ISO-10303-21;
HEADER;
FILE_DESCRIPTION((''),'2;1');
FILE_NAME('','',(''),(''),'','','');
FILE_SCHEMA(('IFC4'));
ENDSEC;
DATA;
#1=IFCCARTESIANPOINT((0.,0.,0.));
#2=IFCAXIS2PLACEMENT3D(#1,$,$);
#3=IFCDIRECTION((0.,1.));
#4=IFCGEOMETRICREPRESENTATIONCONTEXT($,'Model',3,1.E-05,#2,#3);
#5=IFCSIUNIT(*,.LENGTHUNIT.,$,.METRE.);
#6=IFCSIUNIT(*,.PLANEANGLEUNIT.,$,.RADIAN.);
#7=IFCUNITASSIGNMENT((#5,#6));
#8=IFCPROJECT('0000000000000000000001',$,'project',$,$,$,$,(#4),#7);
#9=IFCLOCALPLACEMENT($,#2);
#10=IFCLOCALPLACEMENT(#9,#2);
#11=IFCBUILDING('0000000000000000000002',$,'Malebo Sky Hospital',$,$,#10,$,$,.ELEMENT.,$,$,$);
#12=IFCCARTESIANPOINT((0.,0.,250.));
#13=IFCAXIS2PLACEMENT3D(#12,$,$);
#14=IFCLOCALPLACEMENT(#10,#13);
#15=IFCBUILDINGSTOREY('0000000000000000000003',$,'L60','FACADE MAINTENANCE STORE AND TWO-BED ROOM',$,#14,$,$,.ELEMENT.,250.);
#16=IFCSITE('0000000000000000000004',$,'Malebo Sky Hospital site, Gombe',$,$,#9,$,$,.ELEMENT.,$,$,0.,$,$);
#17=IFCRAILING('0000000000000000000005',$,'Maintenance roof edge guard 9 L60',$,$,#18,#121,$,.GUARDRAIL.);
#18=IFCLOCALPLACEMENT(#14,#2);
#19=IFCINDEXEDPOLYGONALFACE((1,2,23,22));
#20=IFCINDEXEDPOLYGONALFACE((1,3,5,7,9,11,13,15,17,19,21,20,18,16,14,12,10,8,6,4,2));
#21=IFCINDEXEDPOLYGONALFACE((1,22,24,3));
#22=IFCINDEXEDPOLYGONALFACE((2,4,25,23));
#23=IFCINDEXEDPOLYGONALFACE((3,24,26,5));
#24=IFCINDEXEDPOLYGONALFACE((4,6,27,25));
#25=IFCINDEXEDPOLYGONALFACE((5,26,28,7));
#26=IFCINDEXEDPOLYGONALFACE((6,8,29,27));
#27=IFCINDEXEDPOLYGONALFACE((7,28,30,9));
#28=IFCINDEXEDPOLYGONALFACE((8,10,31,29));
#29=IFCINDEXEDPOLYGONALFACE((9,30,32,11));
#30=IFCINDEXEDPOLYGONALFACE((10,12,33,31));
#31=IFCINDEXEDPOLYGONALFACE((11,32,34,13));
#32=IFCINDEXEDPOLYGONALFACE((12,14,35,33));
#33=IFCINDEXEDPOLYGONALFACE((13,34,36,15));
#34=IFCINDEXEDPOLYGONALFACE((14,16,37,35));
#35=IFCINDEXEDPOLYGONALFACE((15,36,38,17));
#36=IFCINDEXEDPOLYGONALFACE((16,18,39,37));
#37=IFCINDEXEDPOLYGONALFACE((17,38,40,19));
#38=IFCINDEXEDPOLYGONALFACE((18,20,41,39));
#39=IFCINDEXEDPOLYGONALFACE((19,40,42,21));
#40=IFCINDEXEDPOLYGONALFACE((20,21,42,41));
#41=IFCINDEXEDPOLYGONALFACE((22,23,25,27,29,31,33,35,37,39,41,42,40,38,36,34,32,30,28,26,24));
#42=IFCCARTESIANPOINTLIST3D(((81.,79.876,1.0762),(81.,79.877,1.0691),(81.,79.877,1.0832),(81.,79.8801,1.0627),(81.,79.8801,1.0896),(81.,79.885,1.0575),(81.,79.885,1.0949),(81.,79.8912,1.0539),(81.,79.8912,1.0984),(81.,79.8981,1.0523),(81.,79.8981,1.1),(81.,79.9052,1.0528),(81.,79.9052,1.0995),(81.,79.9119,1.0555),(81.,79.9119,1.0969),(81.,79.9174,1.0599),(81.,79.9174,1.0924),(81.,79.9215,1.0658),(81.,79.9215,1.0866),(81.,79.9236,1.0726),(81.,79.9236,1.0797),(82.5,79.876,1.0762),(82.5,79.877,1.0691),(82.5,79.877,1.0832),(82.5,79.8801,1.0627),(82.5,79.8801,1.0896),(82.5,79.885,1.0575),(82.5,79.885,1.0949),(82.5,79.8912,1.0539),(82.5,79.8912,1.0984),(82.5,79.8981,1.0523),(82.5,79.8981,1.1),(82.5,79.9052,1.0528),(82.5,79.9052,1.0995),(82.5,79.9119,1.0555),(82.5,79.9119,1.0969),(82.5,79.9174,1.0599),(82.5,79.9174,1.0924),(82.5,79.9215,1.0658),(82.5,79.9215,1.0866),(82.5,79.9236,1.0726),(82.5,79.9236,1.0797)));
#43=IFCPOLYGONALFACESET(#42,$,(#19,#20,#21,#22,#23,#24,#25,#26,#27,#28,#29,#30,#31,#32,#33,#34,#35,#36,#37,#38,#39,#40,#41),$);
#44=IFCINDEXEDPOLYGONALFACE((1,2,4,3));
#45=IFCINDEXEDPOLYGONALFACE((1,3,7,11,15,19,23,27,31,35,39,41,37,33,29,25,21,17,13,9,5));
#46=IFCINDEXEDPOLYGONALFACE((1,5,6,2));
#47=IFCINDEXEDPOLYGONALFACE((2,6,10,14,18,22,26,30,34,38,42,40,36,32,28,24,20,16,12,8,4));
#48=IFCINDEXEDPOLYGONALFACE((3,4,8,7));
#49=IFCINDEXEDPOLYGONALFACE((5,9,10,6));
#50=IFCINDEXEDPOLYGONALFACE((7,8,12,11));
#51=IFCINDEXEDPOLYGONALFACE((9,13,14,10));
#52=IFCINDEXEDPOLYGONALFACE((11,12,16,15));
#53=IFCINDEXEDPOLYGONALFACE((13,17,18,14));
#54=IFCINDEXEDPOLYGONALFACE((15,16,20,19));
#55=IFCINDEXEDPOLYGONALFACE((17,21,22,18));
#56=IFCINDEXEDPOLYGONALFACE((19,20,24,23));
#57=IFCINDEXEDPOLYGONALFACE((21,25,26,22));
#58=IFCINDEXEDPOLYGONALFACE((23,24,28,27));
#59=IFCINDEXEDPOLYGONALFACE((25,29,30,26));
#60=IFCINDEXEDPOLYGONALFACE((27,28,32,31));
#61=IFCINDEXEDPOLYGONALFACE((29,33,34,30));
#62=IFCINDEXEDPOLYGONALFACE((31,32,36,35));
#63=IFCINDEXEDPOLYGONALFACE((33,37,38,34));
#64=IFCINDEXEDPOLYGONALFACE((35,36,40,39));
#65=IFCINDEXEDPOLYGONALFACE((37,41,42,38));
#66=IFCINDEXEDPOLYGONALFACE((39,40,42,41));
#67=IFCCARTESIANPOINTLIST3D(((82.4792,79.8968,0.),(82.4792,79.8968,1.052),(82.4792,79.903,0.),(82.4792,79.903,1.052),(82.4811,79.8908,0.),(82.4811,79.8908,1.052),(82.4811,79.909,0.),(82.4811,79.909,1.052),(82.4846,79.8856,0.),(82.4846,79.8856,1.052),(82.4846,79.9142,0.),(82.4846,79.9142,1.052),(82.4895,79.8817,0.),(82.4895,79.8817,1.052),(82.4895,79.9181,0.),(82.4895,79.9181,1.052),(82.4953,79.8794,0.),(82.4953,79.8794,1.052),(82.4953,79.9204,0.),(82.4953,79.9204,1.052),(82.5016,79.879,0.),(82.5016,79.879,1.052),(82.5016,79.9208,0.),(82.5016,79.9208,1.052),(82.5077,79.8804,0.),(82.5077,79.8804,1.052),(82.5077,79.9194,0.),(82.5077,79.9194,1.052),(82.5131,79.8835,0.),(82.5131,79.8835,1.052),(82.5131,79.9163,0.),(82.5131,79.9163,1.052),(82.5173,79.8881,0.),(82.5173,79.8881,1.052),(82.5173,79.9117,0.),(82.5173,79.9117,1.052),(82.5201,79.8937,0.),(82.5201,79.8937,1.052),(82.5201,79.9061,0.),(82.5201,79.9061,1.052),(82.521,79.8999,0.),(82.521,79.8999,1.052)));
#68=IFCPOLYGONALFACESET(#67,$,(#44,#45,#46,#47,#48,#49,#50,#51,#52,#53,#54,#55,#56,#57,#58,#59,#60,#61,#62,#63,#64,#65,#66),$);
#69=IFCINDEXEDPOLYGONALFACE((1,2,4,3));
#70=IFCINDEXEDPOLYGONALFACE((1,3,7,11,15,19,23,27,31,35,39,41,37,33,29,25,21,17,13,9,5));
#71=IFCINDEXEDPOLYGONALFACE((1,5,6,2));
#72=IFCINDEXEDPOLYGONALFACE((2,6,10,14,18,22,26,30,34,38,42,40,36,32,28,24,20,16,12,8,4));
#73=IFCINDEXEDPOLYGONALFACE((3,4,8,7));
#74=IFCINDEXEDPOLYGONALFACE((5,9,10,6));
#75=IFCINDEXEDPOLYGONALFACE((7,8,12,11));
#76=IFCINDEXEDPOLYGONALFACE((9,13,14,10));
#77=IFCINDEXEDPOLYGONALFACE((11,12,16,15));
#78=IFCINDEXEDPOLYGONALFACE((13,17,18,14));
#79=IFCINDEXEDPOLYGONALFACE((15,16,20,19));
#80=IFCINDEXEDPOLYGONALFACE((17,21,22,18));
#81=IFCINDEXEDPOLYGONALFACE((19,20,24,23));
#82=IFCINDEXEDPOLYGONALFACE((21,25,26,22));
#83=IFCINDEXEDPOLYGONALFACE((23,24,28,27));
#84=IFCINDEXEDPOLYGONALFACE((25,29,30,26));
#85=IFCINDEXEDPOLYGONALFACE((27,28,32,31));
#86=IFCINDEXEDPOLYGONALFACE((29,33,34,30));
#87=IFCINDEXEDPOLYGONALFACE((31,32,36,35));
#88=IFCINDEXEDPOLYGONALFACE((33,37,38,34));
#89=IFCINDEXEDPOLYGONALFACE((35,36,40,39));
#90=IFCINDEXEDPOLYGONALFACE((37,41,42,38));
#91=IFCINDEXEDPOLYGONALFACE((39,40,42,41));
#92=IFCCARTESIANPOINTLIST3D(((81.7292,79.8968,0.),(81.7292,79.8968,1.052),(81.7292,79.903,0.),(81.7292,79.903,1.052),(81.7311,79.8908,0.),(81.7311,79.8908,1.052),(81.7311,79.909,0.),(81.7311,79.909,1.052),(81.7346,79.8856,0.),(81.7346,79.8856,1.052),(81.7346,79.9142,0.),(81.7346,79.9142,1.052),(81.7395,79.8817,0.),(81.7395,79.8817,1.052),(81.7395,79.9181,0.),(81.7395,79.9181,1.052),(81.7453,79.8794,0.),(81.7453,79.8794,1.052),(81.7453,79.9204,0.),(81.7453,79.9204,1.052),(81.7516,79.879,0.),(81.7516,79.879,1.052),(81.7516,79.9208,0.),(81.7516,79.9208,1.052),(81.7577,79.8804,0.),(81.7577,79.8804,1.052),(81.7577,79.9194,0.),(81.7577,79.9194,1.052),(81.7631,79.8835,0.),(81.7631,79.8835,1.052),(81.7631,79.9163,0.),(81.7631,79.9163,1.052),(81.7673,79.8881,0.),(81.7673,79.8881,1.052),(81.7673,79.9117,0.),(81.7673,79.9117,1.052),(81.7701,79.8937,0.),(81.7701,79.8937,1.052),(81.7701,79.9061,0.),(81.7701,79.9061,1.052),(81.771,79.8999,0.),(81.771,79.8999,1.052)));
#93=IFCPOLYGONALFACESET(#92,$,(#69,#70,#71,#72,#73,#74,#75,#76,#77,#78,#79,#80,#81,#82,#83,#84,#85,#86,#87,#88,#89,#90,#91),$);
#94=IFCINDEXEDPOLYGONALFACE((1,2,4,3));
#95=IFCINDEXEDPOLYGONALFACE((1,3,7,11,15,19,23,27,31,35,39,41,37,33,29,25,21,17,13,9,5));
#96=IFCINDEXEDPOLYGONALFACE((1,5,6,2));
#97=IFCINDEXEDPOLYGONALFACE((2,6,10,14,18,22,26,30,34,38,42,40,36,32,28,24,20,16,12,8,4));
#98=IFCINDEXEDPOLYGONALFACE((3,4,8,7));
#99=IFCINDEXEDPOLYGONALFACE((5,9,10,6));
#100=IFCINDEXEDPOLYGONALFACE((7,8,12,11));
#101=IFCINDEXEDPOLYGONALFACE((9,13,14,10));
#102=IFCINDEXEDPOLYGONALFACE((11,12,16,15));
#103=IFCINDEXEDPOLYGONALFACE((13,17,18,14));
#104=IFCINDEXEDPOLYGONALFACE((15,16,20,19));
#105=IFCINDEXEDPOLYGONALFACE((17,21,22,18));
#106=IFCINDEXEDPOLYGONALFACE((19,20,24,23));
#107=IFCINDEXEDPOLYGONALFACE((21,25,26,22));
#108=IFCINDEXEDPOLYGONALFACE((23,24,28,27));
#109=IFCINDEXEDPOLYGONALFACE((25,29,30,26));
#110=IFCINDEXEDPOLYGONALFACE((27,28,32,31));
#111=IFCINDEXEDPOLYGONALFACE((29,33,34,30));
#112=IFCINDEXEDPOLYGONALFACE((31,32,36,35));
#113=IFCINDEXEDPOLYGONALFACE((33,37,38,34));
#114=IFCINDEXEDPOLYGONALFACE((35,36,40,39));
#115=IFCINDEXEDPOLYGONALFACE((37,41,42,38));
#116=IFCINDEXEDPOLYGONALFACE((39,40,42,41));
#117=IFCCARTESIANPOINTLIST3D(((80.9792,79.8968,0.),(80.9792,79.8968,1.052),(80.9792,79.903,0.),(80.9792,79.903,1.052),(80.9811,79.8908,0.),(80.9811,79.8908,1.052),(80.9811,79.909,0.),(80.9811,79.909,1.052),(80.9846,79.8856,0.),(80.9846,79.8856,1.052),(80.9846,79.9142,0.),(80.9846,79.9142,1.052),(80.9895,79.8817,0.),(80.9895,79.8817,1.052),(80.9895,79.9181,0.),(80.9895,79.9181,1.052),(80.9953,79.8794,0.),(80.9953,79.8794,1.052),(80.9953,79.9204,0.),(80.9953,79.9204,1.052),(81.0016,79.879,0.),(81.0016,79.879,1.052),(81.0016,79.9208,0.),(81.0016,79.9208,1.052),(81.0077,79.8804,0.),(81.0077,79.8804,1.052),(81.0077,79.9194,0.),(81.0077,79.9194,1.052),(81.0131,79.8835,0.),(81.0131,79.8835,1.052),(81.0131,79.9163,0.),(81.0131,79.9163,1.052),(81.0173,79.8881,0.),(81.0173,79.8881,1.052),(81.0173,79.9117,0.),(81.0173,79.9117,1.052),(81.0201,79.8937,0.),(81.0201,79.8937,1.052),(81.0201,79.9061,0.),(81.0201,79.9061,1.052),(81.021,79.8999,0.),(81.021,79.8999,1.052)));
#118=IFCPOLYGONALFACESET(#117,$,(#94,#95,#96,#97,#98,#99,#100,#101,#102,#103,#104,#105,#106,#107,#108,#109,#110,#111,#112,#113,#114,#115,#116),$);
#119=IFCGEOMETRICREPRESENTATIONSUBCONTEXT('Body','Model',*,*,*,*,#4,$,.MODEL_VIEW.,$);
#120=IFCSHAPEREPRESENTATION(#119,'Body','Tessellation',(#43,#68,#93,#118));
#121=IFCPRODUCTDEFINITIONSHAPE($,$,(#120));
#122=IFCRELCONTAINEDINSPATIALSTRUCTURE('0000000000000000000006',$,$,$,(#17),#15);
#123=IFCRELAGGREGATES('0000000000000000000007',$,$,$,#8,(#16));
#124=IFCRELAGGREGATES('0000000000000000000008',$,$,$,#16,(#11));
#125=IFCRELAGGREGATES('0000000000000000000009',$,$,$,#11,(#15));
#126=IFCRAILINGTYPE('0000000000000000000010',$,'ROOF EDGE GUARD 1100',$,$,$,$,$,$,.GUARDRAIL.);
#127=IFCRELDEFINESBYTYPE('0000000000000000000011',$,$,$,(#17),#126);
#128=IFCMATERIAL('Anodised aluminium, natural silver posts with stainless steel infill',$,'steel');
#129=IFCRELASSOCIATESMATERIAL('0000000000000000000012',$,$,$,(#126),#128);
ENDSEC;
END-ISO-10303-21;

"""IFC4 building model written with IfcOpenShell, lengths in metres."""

from ifc_helpers import new_model, si_unit, direction, frame, origin, origin_2d, place, context, subcontext, project, spatial, circle, extrude, material, type_object, element, save


model = new_model("IFC4")

# Units and contexts
model_context = context("Model", 3, precision=1e-05, world=origin(), true_north=direction((0.0, 1.0)))
body_context = subcontext(model_context, "Body", "Model", "MODEL_VIEW")
ifc_project = project(units=[si_unit("LENGTHUNIT", "METRE"), si_unit("PLANEANGLEUNIT", "RADIAN")], contexts=[model_context])

# Site, building, storey
site_placement = place(None, origin())
site = spatial("IfcSite", under=ifc_project, at=site_placement, Name="Malebo Sky Hospital site, Gombe", CompositionType="ELEMENT", RefElevation=0.0)
building_placement = place(site_placement, origin())
building = spatial("IfcBuilding", under=site, at=building_placement, Name="Malebo Sky Hospital", CompositionType="ELEMENT")
storey_placement = place(building_placement, frame((0.0, 0.0, 250.0)))
storey = spatial("IfcBuildingStorey", under=building, at=storey_placement, Name="L60", Description="FACADE MAINTENANCE STORE AND TWO-BED ROOM", CompositionType="ELEMENT", Elevation=250.0)

# Railing
ifc_material_1 = material(Name="Anodised aluminium, natural silver posts with stainless steel infill", Category="steel")
railing_type = type_object("IfcRailingType", Name="ROOF EDGE GUARD 1100", PredefinedType="GUARDRAIL", material=ifc_material_1)
railing_1_placement = place(storey_placement, frame((82.5, 79.8999, 0.0)))
element("IfcRailing", 1, at=railing_1_placement, inside=storey, type_object=railing_type, Name="Maintenance roof edge guard 9 L60", PredefinedType="GUARDRAIL", context=body_context, shape_type="SweptSolid", body=[
    extrude(circle(Radius=0.0239, at=origin_2d()), frame((0.0, 0.0, 1.0762), z_axis=(-1.0, 0.0, 0.0), x_axis=(0.0, -1.0, 0.0)), (0.0, 0.0, 1.0), 1.5),
    extrude(circle(Radius=0.021, at=origin_2d()), origin(), (0.0, 0.0, 1.0), 1.052),
    extrude(circle(Radius=0.021, at=origin_2d()), frame((-0.75, 0.0, 0.0)), (0.0, 0.0, 1.0), 1.052),
    extrude(circle(Radius=0.021, at=origin_2d()), frame((-1.5, 0.0, 0.0)), (0.0, 0.0, 1.0), 1.052),
])

save(model, "model.ifc")
